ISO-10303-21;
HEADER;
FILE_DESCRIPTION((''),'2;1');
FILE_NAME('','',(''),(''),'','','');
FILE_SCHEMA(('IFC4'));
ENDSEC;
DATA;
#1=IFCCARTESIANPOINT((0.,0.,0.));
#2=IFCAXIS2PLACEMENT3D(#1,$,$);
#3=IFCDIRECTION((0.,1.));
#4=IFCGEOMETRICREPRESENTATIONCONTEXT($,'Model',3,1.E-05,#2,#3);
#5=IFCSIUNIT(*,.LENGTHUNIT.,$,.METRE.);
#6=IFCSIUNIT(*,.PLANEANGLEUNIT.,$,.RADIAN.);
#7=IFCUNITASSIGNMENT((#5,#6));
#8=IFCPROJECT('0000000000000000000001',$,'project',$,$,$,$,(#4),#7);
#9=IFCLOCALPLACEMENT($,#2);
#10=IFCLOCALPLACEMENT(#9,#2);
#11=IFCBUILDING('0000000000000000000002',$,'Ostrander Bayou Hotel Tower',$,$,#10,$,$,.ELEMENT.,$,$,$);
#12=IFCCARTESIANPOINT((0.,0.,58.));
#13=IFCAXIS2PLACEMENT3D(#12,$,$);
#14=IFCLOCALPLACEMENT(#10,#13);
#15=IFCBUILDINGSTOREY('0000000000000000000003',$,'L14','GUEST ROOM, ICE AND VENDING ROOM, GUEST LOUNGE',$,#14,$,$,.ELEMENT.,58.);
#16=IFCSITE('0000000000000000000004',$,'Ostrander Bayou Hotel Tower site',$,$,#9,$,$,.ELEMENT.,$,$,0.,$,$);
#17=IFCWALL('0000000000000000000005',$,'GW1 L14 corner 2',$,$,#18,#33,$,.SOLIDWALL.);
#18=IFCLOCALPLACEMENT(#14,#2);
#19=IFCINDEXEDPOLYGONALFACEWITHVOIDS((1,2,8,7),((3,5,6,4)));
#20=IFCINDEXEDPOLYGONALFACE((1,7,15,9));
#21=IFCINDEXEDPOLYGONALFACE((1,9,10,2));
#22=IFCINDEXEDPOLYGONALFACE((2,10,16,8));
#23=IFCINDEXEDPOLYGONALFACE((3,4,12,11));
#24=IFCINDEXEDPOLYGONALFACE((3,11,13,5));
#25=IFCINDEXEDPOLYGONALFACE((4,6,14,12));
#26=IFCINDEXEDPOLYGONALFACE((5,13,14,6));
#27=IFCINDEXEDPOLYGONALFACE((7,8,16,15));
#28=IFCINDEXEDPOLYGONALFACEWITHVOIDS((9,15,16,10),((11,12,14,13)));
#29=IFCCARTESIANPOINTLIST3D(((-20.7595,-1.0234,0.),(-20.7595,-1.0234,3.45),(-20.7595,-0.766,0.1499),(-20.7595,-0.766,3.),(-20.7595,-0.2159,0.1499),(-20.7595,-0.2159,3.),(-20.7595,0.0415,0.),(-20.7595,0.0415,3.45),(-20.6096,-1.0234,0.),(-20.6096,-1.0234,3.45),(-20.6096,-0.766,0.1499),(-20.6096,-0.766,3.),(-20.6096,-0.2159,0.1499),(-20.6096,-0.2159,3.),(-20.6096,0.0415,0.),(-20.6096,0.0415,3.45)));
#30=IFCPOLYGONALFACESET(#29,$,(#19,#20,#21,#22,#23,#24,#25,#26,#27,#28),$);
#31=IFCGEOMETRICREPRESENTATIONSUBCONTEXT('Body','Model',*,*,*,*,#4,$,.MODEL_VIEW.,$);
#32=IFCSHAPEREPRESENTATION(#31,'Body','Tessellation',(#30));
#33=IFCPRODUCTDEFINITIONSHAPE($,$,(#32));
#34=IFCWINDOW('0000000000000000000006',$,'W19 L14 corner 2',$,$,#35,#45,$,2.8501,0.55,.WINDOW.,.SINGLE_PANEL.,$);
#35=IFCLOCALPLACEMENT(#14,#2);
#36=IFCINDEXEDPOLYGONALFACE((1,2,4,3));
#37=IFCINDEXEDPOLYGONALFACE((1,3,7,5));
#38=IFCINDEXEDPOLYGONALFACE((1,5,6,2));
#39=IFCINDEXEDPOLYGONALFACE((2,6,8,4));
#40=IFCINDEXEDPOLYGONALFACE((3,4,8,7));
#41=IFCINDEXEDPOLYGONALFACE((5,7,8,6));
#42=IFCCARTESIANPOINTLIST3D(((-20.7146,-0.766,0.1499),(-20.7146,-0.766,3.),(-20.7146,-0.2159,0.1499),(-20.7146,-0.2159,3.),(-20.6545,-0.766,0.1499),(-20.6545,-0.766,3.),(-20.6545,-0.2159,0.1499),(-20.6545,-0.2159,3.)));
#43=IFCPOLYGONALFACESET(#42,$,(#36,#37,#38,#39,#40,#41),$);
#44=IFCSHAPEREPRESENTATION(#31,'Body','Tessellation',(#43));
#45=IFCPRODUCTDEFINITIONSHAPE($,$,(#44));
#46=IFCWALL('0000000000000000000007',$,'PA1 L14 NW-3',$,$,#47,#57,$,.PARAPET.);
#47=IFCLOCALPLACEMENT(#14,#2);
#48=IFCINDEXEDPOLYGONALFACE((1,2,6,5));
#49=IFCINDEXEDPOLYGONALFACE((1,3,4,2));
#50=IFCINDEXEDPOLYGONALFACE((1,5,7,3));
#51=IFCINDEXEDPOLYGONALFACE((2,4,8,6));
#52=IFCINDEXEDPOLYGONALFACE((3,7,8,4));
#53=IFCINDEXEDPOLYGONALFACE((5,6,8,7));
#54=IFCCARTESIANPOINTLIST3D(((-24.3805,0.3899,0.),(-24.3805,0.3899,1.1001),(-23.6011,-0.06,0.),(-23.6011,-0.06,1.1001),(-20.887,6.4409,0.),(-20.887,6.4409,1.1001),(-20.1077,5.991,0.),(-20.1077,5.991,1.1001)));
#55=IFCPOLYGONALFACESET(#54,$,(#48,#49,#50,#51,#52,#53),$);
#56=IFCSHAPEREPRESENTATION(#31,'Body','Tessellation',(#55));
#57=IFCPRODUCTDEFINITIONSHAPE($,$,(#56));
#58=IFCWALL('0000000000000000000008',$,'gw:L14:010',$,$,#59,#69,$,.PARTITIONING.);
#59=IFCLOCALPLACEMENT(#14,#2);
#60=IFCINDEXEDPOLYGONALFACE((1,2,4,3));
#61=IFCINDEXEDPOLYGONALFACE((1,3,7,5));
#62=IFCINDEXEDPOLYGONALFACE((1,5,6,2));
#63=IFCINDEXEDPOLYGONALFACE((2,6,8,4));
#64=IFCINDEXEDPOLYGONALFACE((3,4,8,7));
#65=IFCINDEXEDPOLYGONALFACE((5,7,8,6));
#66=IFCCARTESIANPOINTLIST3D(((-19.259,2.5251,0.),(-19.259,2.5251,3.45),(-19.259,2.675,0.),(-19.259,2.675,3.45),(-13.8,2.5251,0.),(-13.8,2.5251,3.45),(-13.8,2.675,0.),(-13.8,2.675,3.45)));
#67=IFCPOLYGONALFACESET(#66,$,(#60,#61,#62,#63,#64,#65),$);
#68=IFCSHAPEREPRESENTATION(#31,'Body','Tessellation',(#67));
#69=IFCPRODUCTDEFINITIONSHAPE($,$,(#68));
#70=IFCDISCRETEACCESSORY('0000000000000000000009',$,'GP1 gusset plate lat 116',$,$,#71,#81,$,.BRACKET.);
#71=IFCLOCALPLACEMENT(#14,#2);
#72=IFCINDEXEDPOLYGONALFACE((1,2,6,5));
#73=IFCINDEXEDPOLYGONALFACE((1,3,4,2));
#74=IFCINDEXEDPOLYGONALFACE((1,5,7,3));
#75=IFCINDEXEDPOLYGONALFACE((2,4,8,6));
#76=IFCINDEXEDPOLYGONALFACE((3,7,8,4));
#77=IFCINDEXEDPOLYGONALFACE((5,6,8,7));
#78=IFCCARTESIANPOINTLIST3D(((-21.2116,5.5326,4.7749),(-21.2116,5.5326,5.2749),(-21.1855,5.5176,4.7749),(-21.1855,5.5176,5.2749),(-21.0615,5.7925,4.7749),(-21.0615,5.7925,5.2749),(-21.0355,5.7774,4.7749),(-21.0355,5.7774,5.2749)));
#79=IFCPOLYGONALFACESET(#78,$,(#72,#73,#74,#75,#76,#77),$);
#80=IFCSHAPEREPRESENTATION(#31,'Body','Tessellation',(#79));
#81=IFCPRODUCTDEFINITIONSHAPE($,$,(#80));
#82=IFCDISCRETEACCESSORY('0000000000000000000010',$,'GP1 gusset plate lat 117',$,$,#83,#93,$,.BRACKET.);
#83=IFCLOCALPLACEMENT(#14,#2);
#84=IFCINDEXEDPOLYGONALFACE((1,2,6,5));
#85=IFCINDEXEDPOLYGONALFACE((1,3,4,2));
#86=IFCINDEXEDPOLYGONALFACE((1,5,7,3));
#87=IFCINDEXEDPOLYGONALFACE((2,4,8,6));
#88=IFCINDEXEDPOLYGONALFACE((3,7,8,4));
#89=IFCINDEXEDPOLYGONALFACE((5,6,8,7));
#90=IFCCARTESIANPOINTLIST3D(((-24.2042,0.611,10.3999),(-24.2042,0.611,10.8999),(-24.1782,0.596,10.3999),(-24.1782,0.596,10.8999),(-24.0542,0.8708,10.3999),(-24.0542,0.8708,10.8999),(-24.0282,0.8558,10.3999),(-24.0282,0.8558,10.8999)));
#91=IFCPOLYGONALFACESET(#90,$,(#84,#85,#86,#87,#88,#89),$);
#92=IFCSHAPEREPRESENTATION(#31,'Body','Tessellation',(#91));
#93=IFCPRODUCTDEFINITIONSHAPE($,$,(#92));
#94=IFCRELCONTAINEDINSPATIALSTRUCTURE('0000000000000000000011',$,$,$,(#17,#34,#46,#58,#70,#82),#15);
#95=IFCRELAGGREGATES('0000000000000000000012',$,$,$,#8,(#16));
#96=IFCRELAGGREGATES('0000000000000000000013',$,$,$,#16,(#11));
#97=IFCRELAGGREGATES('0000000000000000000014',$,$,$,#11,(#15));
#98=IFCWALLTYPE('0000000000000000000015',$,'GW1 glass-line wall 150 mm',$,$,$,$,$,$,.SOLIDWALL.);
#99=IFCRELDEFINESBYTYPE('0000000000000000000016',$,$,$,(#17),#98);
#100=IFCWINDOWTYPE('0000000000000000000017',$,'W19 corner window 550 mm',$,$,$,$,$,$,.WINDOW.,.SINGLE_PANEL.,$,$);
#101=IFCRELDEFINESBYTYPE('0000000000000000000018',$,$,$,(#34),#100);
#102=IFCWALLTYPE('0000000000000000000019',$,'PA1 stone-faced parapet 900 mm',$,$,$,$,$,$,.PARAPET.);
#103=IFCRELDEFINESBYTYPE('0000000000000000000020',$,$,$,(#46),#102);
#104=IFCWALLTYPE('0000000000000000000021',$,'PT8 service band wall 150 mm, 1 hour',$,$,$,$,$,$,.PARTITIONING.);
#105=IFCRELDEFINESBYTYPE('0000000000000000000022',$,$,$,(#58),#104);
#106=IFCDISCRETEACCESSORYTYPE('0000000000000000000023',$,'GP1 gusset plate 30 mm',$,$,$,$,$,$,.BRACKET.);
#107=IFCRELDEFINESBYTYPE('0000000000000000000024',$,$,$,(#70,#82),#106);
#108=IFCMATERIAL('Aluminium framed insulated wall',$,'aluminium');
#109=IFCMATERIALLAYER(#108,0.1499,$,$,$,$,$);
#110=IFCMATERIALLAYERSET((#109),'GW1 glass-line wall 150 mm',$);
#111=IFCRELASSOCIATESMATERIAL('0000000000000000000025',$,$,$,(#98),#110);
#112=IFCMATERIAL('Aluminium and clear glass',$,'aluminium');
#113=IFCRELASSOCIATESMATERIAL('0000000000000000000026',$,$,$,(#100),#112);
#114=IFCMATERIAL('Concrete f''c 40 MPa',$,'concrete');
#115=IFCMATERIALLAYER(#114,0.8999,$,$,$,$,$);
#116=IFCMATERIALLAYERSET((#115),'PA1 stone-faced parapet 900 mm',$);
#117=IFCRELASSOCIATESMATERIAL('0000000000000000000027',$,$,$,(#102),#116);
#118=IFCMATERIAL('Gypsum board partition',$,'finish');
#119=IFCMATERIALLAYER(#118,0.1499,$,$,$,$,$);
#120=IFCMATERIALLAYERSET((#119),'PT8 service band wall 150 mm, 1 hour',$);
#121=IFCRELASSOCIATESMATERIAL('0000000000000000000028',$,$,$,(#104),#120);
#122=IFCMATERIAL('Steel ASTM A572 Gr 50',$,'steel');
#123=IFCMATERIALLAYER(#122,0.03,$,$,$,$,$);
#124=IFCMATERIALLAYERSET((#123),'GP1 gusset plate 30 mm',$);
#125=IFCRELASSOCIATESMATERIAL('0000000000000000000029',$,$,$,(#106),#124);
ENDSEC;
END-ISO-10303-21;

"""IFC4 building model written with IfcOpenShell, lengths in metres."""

from ifc_helpers import new_model, si_unit, direction, frame, frame_2d, origin, origin_2d, place, context, subcontext, project, spatial, rectangle, extrude, material, layer, layer_set, type_object, element, fill, save


model = new_model("IFC4")

# Units and contexts
model_context = context("Model", 3, precision=1e-05, world=origin(), true_north=direction((0.0, 1.0)))
body_context = subcontext(model_context, "Body", "Model", "MODEL_VIEW")
ifc_project = project(units=[si_unit("LENGTHUNIT", "METRE"), si_unit("PLANEANGLEUNIT", "RADIAN")], contexts=[model_context])

# Site, building, storey
site_placement = place(None, origin())
site = spatial("IfcSite", under=ifc_project, at=site_placement, Name="Ostrander Bayou Hotel Tower site", CompositionType="ELEMENT", RefElevation=0.0)
building_placement = place(site_placement, origin())
building = spatial("IfcBuilding", under=site, at=building_placement, Name="Ostrander Bayou Hotel Tower", CompositionType="ELEMENT")
storey_placement = place(building_placement, frame((0.0, 0.0, 58.0)))
storey = spatial("IfcBuildingStorey", under=building, at=storey_placement, Name="L14", Description="GUEST ROOM, ICE AND VENDING ROOM, GUEST LOUNGE", CompositionType="ELEMENT", Elevation=58.0)

# Wall, opening, window
ifc_material_1 = material(Name="Aluminium framed insulated wall", Category="aluminium")
ifc_layer_1 = layer(ifc_material_1, 0.1499)
ifc_layer_set_1 = layer_set([ifc_layer_1], Name="GW1 glass-line wall 150 mm")
wall_type_1 = type_object("IfcWallType", Name="GW1 glass-line wall 150 mm", PredefinedType="SOLIDWALL", material=ifc_layer_set_1)
wall_1_placement = place(storey_placement, frame((-20.6846, 0.0415, 0.0), z_axis=(0.0, 0.0, 1.0), x_axis=(0.0, -1.0, 0.0)))
wall_1 = element("IfcWall", 1, at=wall_1_placement, inside=storey, type_object=wall_type_1, Name="GW1 L14 corner 2", PredefinedType="SOLIDWALL", context=body_context, shape_type="SweptSolid", body=[
    extrude(rectangle(XDim=1.0649, YDim=0.1499, at=frame_2d((0.5325, 0.0))), origin(), (0.0, 0.0, 1.0), 3.45),
])
opening_placement = place(wall_1_placement, frame((0.2576, 0.0, 0.1499)))
opening = element("IfcOpeningElement", 2, at=opening_placement, cuts=wall_1, PredefinedType="OPENING", context=body_context, shape_type="SweptSolid", body=[
    extrude(rectangle(XDim=0.55, YDim=2.8501, at=frame_2d((0.2749, 1.425))), frame((0.0, 0.075, 0.0), z_axis=(0.0, -1.0, 0.0), x_axis=(1.0, 0.0, 0.0)), (0.0, 0.0, 1.0), 0.1499),
])
ifc_material_2 = material(Name="Aluminium and clear glass", Category="aluminium")
window_type = type_object("IfcWindowType", Name="W19 corner window 550 mm", PartitioningType="SINGLE_PANEL", PredefinedType="WINDOW", material=ifc_material_2)
window_placement = place(opening_placement, origin())
window = element("IfcWindow", 3, at=window_placement, inside=storey, type_object=window_type, Name="W19 L14 corner 2", OverallHeight=2.8501, OverallWidth=0.55, PartitioningType="SINGLE_PANEL", PredefinedType="WINDOW", context=body_context, shape_type="SweptSolid", body=[
    extrude(rectangle(XDim=0.55, YDim=2.8501, at=frame_2d((0.2749, 1.425))), frame((0.0, 0.03, 0.0), z_axis=(0.0, -1.0, 0.0), x_axis=(1.0, 0.0, 0.0)), (0.0, 0.0, 1.0), 0.0601),
])
fill(opening, window)

# Walls
ifc_material_3 = material(Name="Concrete f'c 40 MPa", Category="concrete")
ifc_layer_2 = layer(ifc_material_3, 0.8999)
ifc_layer_set_2 = layer_set([ifc_layer_2], Name="PA1 stone-faced parapet 900 mm")
wall_type_2 = type_object("IfcWallType", Name="PA1 stone-faced parapet 900 mm", PredefinedType="PARAPET", material=ifc_layer_set_2)
wall_2_placement = place(storey_placement, frame((-20.4973, 6.2161, 0.0), z_axis=(0.0, 0.0, 1.0), x_axis=(-0.499984, -0.866035, 0.0)))
element("IfcWall", 4, at=wall_2_placement, inside=storey, type_object=wall_type_2, Name="PA1 L14 NW-3", PredefinedType="PARAPET", context=body_context, shape_type="SweptSolid", body=[
    extrude(rectangle(XDim=6.9871, YDim=0.8999, at=frame_2d((3.4937, 0.0))), origin(), (0.0, 0.0, 1.0), 1.1001),
])
ifc_material_4 = material(Name="Gypsum board partition", Category="finish")
ifc_layer_3 = layer(ifc_material_4, 0.1499)
ifc_layer_set_3 = layer_set([ifc_layer_3], Name="PT8 service band wall 150 mm, 1 hour")
wall_type_3 = type_object("IfcWallType", Name="PT8 service band wall 150 mm, 1 hour", PredefinedType="PARTITIONING", material=ifc_layer_set_3)
wall_3_placement = place(storey_placement, frame((-19.259, 2.6001, 0.0), z_axis=(0.0, 0.0, 1.0), x_axis=(1.0, 0.0, 0.0)))
element("IfcWall", 5, at=wall_3_placement, inside=storey, type_object=wall_type_3, Name="gw:L14:010", PredefinedType="PARTITIONING", context=body_context, shape_type="SweptSolid", body=[
    extrude(rectangle(XDim=5.459, YDim=0.1499, at=frame_2d((2.7295, 0.0))), origin(), (0.0, 0.0, 1.0), 3.45),
])

# Discrete accessories
ifc_material_5 = material(Name="Steel ASTM A572 Gr 50", Category="steel")
ifc_layer_4 = layer(ifc_material_5, 0.03)
ifc_layer_set_4 = layer_set([ifc_layer_4], Name="GP1 gusset plate 30 mm")
discrete_accessory_type = type_object("IfcDiscreteAccessoryType", Name="GP1 gusset plate 30 mm", PredefinedType="BRACKET", material=ifc_layer_set_4)
for number, where, z_axis, x_axis, name in (
    (6, (-21.1235, 5.655, 4.7749), (0.0, 0.0, 1.0), (-0.5, -0.866025, 0.0), "GP1 gusset plate lat 116"),
    (7, (-24.1162, 0.7334, 10.3999), (0.0, 0.0, 1.0), (-0.5, -0.866025, 0.0), "GP1 gusset plate lat 117"),
):
    element("IfcDiscreteAccessory", number, at=place(storey_placement, frame(where, z_axis=z_axis, x_axis=x_axis)), inside=storey, type_object=discrete_accessory_type, Name=name, PredefinedType="BRACKET", context=body_context, shape_type="SweptSolid", body=[
        extrude(rectangle(XDim=0.3, YDim=0.03, at=origin_2d()), origin(), (0.0, 0.0, 1.0), 0.5),
    ])

save(model, "model.ifc")
